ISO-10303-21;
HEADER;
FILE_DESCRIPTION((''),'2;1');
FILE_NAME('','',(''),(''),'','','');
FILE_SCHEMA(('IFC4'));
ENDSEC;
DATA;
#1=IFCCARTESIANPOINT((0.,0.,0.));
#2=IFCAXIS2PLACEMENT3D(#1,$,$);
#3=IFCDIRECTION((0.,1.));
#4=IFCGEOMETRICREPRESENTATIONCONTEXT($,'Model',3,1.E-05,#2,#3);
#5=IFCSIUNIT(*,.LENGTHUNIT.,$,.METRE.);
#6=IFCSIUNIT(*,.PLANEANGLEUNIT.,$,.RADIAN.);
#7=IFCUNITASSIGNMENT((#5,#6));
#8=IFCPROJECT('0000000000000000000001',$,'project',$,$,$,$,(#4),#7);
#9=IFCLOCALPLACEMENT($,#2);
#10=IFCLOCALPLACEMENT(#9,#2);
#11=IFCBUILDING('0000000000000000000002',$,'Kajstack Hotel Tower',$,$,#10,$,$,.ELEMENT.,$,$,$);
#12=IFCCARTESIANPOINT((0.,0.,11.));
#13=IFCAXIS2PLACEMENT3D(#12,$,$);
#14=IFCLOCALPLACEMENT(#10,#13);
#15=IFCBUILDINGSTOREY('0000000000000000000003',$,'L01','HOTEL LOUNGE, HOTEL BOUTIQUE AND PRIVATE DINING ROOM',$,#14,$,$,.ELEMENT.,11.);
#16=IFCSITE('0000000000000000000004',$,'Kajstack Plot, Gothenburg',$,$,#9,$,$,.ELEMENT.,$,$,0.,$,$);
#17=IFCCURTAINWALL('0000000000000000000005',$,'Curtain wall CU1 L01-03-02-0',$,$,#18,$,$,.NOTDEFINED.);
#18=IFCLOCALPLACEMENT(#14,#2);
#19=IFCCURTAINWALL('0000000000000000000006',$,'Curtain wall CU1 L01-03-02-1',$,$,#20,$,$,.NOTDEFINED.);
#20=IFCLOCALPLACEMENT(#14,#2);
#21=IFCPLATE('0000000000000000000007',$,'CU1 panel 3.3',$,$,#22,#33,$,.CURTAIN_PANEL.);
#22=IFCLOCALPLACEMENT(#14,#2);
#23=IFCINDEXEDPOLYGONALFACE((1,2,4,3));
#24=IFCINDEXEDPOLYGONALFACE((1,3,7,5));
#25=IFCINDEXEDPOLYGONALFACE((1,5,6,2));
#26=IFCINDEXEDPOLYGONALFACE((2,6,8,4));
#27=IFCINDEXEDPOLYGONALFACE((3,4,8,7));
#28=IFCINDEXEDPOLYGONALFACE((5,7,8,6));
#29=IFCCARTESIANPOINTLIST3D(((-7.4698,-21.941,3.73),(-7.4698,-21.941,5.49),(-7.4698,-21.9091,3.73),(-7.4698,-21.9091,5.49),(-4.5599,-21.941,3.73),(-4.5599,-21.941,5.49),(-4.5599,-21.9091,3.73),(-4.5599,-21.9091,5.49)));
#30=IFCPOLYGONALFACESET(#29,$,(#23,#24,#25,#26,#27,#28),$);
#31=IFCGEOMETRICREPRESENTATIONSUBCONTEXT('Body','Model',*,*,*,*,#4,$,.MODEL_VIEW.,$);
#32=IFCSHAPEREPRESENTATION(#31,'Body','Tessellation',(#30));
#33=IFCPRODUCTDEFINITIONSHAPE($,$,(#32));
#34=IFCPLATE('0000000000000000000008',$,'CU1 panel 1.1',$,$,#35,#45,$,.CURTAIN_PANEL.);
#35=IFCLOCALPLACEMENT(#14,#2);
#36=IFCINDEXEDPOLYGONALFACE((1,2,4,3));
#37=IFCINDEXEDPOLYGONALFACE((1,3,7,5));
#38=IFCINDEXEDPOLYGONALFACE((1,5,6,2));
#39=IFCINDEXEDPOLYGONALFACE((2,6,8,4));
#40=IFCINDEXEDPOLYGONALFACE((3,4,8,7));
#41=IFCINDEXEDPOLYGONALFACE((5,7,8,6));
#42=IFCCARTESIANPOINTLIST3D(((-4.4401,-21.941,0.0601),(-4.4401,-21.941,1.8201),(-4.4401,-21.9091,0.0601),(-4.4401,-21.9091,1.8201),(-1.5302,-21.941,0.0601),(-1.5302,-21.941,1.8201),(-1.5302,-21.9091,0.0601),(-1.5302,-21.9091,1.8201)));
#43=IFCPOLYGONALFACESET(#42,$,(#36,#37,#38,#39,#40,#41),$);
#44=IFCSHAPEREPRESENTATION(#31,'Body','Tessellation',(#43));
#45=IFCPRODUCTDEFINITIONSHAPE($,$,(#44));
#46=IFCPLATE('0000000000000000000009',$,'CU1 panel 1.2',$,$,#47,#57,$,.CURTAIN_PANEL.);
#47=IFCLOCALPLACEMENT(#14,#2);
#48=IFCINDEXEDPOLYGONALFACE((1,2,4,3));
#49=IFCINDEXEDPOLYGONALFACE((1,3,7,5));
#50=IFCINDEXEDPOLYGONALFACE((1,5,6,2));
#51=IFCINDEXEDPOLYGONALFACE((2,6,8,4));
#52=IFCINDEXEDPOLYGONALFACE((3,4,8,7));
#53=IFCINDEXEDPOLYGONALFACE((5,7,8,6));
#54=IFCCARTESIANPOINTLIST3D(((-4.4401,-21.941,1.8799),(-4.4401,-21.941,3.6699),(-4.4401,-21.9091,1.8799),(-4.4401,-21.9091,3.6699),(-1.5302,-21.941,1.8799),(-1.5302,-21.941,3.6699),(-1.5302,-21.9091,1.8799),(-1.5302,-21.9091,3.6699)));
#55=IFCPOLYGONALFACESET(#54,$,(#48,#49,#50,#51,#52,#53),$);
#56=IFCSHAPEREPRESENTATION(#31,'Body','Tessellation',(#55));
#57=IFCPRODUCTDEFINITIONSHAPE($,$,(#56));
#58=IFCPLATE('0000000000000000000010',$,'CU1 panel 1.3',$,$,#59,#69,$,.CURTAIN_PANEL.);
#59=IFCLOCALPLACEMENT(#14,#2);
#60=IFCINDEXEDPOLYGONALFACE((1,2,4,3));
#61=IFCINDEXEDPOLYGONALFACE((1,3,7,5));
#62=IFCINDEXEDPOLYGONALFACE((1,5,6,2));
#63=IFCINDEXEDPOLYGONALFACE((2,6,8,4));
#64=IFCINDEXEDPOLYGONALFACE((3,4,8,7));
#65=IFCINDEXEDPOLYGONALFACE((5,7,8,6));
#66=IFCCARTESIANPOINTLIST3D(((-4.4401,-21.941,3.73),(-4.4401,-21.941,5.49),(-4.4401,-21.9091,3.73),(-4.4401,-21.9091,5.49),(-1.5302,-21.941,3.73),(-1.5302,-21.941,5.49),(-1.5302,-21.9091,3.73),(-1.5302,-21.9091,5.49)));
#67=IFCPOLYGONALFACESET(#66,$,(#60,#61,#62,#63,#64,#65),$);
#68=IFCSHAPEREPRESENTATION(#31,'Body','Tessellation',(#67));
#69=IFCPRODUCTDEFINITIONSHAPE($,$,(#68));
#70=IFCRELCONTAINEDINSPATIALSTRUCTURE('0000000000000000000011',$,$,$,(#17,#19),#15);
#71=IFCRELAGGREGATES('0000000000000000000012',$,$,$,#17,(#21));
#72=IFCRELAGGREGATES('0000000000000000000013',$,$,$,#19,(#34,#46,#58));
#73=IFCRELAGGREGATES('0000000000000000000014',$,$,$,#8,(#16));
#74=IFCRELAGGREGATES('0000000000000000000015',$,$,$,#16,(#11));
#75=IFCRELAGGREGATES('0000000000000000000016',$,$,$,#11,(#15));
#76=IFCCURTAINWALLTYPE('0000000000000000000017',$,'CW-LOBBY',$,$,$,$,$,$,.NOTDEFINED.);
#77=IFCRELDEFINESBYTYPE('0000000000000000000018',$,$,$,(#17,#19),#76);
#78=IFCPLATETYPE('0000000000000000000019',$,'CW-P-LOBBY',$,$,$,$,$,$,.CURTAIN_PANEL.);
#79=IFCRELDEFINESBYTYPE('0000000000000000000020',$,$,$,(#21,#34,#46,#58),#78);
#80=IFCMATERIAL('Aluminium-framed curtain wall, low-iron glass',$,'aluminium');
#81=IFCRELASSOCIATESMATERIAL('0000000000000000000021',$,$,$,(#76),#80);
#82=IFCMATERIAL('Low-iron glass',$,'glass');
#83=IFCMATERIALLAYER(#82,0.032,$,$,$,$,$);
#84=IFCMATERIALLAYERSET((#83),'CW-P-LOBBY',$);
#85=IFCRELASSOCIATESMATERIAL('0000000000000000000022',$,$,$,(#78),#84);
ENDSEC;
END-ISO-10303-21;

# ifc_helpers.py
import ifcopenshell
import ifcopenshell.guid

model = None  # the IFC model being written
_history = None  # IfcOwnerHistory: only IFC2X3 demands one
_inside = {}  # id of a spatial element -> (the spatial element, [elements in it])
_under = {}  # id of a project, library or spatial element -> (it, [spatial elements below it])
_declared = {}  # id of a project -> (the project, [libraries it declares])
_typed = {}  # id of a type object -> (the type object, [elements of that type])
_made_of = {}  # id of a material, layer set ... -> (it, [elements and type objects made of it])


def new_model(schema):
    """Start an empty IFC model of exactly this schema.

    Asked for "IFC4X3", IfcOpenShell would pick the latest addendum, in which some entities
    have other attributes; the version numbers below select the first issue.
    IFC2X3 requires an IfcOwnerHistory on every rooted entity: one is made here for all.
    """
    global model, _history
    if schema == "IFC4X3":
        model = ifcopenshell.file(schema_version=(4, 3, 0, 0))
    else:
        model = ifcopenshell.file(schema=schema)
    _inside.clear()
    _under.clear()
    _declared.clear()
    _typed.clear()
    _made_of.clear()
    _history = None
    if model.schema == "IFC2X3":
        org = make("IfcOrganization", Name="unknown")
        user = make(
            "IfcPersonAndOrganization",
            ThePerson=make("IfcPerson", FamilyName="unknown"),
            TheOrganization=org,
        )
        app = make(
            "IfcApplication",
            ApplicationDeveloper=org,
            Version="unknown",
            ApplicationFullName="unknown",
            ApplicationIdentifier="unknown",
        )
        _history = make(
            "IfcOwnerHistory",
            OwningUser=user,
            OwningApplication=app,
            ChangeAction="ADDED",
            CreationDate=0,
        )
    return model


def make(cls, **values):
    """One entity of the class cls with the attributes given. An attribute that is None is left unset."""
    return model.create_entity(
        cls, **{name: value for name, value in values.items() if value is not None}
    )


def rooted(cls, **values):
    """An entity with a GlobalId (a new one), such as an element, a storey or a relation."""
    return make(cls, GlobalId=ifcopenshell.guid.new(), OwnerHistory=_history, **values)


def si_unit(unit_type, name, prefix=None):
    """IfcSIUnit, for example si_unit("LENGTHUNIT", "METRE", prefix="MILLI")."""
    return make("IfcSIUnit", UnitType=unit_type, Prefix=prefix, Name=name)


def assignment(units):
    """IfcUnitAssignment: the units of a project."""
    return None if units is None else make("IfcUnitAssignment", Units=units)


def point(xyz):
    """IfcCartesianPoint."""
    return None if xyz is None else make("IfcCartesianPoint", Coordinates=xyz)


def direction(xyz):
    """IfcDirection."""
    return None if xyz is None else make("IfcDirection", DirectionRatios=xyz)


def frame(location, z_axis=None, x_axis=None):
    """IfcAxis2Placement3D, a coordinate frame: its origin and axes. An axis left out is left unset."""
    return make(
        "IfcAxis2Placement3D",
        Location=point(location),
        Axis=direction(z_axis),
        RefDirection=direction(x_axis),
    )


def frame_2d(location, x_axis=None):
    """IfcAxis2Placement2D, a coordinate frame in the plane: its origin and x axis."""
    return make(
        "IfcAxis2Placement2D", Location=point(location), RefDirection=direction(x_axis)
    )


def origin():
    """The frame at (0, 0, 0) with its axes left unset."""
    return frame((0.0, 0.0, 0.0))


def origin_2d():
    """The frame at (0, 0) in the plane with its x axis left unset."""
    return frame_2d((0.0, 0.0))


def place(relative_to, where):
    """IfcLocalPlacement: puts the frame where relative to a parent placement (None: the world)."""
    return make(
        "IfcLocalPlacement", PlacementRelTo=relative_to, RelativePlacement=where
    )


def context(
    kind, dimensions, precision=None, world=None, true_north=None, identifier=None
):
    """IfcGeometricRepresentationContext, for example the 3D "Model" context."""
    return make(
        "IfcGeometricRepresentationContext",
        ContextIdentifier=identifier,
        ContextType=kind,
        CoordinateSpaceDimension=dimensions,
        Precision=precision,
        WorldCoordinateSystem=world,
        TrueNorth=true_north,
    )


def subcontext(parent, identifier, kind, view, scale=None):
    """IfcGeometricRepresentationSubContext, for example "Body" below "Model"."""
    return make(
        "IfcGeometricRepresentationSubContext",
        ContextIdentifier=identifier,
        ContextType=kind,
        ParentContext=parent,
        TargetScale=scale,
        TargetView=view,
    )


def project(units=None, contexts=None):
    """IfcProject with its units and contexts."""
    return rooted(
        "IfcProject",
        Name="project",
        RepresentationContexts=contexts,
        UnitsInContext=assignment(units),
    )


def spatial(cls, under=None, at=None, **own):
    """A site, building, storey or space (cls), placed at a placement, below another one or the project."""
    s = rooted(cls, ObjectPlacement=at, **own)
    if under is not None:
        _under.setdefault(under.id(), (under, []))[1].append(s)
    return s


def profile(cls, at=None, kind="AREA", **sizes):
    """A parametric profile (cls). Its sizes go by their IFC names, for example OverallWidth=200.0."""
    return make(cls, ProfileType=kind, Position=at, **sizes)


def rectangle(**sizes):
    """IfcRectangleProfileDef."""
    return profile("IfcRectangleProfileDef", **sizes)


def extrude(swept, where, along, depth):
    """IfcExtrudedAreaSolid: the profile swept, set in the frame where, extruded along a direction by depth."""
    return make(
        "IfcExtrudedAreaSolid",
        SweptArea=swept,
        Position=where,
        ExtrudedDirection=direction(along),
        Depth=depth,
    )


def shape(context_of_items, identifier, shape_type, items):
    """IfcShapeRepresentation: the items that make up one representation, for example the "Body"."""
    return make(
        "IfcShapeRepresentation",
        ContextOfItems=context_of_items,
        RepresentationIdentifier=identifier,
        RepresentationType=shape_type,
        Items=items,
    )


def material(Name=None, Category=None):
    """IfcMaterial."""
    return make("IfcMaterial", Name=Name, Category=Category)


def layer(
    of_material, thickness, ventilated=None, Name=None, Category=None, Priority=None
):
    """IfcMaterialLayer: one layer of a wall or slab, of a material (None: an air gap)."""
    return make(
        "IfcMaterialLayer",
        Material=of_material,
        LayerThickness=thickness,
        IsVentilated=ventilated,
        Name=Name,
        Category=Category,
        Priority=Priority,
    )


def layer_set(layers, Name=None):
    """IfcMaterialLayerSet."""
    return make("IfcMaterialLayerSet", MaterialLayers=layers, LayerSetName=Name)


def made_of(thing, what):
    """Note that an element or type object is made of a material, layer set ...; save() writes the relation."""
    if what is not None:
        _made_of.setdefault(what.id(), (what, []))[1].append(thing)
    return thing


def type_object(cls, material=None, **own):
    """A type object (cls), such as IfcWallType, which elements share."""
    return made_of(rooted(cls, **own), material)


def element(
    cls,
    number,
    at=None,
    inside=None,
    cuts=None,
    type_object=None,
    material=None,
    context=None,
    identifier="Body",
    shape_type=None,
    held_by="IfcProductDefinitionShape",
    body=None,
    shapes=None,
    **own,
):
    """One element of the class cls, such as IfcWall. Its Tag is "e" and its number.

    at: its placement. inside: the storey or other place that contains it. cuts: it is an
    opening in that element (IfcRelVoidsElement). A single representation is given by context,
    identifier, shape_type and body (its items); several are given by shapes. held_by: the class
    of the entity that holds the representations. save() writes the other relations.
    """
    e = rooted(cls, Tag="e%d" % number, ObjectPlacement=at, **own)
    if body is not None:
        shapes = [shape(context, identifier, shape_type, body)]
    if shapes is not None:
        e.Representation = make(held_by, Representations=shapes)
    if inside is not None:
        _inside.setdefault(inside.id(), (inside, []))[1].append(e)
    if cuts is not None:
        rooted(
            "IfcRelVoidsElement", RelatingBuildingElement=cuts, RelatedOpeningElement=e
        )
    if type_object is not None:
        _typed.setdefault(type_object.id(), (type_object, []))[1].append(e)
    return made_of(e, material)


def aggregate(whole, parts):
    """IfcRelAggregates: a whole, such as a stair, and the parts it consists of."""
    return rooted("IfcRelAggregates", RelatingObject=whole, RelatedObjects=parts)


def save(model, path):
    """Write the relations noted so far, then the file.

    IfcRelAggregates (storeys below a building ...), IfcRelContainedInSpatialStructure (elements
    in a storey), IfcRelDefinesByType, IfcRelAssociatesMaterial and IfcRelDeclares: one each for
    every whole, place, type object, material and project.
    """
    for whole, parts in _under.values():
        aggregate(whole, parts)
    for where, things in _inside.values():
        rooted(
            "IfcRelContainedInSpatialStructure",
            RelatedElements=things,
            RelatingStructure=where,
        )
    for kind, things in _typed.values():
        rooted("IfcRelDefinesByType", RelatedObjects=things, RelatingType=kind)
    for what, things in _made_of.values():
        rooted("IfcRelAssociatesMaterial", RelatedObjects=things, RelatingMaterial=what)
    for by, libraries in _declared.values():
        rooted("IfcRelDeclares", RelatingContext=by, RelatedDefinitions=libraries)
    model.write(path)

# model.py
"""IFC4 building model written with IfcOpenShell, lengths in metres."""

from ifc_helpers import new_model, si_unit, direction, frame, origin, origin_2d, place, context, subcontext, project, spatial, rectangle, extrude, material, layer, layer_set, type_object, element, aggregate, save


model = new_model("IFC4")

# Units and contexts
model_context = context("Model", 3, precision=1e-05, world=origin(), true_north=direction((0.0, 1.0)))
body_context = subcontext(model_context, "Body", "Model", "MODEL_VIEW")
ifc_project = project(units=[si_unit("LENGTHUNIT", "METRE"), si_unit("PLANEANGLEUNIT", "RADIAN")], contexts=[model_context])

# Site, building, storey
site_placement = place(None, origin())
site = spatial("IfcSite", under=ifc_project, at=site_placement, Name="Kajstack Plot, Gothenburg", CompositionType="ELEMENT", RefElevation=0.0)
building_placement = place(site_placement, origin())
building = spatial("IfcBuilding", under=site, at=building_placement, Name="Kajstack Hotel Tower", CompositionType="ELEMENT")
storey_placement = place(building_placement, frame((0.0, 0.0, 11.0)))
storey = spatial("IfcBuildingStorey", under=building, at=storey_placement, Name="L01", Description="HOTEL LOUNGE, HOTEL BOUTIQUE AND PRIVATE DINING ROOM", CompositionType="ELEMENT", Elevation=11.0)

# Curtain walls
ifc_material_1 = material(Name="Aluminium-framed curtain wall, low-iron glass", Category="aluminium")
curtain_wall_type = type_object("IfcCurtainWallType", Name="CW-LOBBY", PredefinedType="NOTDEFINED", material=ifc_material_1)
curtain_wall_1_placement = place(storey_placement, origin())
curtain_wall_1 = element("IfcCurtainWall", 1, at=curtain_wall_1_placement, inside=storey, type_object=curtain_wall_type, Name="Curtain wall CU1 L01-03-02-0", PredefinedType="NOTDEFINED")
curtain_wall_2_placement = place(storey_placement, origin())
curtain_wall_2 = element("IfcCurtainWall", 2, at=curtain_wall_2_placement, inside=storey, type_object=curtain_wall_type, Name="Curtain wall CU1 L01-03-02-1", PredefinedType="NOTDEFINED")

# Plates
ifc_material_2 = material(Name="Low-iron glass", Category="glass")
ifc_layer = layer(ifc_material_2, 0.032)
ifc_layer_set = layer_set([ifc_layer], Name="CW-P-LOBBY")
plate_type = type_object("IfcPlateType", Name="CW-P-LOBBY", PredefinedType="CURTAIN_PANEL", material=ifc_layer_set)
plate_1_placement = place(storey_placement, frame((-6.0149, -21.925, 3.73), z_axis=(0.0, 0.0, 1.0), x_axis=(1.0, 0.0, 0.0)))
plate_1 = element("IfcPlate", 3, at=plate_1_placement, type_object=plate_type, Name="CU1 panel 3.3", PredefinedType="CURTAIN_PANEL", context=body_context, shape_type="SweptSolid", body=[
    extrude(rectangle(XDim=2.9099, YDim=0.032, at=origin_2d()), origin(), (0.0, 0.0, 1.0), 1.76),
])
aggregate(curtain_wall_1, [plate_1])
plate_2_placement = place(storey_placement, frame((-2.9851, -21.925, 0.0601), z_axis=(0.0, 0.0, 1.0), x_axis=(1.0, 0.0, 0.0)))
plate_2 = element("IfcPlate", 4, at=plate_2_placement, type_object=plate_type, Name="CU1 panel 1.1", PredefinedType="CURTAIN_PANEL", context=body_context, shape_type="SweptSolid", body=[
    extrude(rectangle(XDim=2.9099, YDim=0.032, at=origin_2d()), origin(), (0.0, 0.0, 1.0), 1.76),
])
plate_3_placement = place(storey_placement, frame((-2.9851, -21.925, 1.8799), z_axis=(0.0, 0.0, 1.0), x_axis=(1.0, 0.0, 0.0)))
plate_3 = element("IfcPlate", 5, at=plate_3_placement, type_object=plate_type, Name="CU1 panel 1.2", PredefinedType="CURTAIN_PANEL", context=body_context, shape_type="SweptSolid", body=[
    extrude(rectangle(XDim=2.9099, YDim=0.032, at=origin_2d()), origin(), (0.0, 0.0, 1.0), 1.79),
])
plate_4_placement = place(storey_placement, frame((-2.9851, -21.925, 3.73), z_axis=(0.0, 0.0, 1.0), x_axis=(1.0, 0.0, 0.0)))
plate_4 = element("IfcPlate", 6, at=plate_4_placement, type_object=plate_type, Name="CU1 panel 1.3", PredefinedType="CURTAIN_PANEL", context=body_context, shape_type="SweptSolid", body=[
    extrude(rectangle(XDim=2.9099, YDim=0.032, at=origin_2d()), origin(), (0.0, 0.0, 1.0), 1.76),
])
aggregate(curtain_wall_2, [plate_2, plate_3, plate_4])

save(model, "model.ifc")
